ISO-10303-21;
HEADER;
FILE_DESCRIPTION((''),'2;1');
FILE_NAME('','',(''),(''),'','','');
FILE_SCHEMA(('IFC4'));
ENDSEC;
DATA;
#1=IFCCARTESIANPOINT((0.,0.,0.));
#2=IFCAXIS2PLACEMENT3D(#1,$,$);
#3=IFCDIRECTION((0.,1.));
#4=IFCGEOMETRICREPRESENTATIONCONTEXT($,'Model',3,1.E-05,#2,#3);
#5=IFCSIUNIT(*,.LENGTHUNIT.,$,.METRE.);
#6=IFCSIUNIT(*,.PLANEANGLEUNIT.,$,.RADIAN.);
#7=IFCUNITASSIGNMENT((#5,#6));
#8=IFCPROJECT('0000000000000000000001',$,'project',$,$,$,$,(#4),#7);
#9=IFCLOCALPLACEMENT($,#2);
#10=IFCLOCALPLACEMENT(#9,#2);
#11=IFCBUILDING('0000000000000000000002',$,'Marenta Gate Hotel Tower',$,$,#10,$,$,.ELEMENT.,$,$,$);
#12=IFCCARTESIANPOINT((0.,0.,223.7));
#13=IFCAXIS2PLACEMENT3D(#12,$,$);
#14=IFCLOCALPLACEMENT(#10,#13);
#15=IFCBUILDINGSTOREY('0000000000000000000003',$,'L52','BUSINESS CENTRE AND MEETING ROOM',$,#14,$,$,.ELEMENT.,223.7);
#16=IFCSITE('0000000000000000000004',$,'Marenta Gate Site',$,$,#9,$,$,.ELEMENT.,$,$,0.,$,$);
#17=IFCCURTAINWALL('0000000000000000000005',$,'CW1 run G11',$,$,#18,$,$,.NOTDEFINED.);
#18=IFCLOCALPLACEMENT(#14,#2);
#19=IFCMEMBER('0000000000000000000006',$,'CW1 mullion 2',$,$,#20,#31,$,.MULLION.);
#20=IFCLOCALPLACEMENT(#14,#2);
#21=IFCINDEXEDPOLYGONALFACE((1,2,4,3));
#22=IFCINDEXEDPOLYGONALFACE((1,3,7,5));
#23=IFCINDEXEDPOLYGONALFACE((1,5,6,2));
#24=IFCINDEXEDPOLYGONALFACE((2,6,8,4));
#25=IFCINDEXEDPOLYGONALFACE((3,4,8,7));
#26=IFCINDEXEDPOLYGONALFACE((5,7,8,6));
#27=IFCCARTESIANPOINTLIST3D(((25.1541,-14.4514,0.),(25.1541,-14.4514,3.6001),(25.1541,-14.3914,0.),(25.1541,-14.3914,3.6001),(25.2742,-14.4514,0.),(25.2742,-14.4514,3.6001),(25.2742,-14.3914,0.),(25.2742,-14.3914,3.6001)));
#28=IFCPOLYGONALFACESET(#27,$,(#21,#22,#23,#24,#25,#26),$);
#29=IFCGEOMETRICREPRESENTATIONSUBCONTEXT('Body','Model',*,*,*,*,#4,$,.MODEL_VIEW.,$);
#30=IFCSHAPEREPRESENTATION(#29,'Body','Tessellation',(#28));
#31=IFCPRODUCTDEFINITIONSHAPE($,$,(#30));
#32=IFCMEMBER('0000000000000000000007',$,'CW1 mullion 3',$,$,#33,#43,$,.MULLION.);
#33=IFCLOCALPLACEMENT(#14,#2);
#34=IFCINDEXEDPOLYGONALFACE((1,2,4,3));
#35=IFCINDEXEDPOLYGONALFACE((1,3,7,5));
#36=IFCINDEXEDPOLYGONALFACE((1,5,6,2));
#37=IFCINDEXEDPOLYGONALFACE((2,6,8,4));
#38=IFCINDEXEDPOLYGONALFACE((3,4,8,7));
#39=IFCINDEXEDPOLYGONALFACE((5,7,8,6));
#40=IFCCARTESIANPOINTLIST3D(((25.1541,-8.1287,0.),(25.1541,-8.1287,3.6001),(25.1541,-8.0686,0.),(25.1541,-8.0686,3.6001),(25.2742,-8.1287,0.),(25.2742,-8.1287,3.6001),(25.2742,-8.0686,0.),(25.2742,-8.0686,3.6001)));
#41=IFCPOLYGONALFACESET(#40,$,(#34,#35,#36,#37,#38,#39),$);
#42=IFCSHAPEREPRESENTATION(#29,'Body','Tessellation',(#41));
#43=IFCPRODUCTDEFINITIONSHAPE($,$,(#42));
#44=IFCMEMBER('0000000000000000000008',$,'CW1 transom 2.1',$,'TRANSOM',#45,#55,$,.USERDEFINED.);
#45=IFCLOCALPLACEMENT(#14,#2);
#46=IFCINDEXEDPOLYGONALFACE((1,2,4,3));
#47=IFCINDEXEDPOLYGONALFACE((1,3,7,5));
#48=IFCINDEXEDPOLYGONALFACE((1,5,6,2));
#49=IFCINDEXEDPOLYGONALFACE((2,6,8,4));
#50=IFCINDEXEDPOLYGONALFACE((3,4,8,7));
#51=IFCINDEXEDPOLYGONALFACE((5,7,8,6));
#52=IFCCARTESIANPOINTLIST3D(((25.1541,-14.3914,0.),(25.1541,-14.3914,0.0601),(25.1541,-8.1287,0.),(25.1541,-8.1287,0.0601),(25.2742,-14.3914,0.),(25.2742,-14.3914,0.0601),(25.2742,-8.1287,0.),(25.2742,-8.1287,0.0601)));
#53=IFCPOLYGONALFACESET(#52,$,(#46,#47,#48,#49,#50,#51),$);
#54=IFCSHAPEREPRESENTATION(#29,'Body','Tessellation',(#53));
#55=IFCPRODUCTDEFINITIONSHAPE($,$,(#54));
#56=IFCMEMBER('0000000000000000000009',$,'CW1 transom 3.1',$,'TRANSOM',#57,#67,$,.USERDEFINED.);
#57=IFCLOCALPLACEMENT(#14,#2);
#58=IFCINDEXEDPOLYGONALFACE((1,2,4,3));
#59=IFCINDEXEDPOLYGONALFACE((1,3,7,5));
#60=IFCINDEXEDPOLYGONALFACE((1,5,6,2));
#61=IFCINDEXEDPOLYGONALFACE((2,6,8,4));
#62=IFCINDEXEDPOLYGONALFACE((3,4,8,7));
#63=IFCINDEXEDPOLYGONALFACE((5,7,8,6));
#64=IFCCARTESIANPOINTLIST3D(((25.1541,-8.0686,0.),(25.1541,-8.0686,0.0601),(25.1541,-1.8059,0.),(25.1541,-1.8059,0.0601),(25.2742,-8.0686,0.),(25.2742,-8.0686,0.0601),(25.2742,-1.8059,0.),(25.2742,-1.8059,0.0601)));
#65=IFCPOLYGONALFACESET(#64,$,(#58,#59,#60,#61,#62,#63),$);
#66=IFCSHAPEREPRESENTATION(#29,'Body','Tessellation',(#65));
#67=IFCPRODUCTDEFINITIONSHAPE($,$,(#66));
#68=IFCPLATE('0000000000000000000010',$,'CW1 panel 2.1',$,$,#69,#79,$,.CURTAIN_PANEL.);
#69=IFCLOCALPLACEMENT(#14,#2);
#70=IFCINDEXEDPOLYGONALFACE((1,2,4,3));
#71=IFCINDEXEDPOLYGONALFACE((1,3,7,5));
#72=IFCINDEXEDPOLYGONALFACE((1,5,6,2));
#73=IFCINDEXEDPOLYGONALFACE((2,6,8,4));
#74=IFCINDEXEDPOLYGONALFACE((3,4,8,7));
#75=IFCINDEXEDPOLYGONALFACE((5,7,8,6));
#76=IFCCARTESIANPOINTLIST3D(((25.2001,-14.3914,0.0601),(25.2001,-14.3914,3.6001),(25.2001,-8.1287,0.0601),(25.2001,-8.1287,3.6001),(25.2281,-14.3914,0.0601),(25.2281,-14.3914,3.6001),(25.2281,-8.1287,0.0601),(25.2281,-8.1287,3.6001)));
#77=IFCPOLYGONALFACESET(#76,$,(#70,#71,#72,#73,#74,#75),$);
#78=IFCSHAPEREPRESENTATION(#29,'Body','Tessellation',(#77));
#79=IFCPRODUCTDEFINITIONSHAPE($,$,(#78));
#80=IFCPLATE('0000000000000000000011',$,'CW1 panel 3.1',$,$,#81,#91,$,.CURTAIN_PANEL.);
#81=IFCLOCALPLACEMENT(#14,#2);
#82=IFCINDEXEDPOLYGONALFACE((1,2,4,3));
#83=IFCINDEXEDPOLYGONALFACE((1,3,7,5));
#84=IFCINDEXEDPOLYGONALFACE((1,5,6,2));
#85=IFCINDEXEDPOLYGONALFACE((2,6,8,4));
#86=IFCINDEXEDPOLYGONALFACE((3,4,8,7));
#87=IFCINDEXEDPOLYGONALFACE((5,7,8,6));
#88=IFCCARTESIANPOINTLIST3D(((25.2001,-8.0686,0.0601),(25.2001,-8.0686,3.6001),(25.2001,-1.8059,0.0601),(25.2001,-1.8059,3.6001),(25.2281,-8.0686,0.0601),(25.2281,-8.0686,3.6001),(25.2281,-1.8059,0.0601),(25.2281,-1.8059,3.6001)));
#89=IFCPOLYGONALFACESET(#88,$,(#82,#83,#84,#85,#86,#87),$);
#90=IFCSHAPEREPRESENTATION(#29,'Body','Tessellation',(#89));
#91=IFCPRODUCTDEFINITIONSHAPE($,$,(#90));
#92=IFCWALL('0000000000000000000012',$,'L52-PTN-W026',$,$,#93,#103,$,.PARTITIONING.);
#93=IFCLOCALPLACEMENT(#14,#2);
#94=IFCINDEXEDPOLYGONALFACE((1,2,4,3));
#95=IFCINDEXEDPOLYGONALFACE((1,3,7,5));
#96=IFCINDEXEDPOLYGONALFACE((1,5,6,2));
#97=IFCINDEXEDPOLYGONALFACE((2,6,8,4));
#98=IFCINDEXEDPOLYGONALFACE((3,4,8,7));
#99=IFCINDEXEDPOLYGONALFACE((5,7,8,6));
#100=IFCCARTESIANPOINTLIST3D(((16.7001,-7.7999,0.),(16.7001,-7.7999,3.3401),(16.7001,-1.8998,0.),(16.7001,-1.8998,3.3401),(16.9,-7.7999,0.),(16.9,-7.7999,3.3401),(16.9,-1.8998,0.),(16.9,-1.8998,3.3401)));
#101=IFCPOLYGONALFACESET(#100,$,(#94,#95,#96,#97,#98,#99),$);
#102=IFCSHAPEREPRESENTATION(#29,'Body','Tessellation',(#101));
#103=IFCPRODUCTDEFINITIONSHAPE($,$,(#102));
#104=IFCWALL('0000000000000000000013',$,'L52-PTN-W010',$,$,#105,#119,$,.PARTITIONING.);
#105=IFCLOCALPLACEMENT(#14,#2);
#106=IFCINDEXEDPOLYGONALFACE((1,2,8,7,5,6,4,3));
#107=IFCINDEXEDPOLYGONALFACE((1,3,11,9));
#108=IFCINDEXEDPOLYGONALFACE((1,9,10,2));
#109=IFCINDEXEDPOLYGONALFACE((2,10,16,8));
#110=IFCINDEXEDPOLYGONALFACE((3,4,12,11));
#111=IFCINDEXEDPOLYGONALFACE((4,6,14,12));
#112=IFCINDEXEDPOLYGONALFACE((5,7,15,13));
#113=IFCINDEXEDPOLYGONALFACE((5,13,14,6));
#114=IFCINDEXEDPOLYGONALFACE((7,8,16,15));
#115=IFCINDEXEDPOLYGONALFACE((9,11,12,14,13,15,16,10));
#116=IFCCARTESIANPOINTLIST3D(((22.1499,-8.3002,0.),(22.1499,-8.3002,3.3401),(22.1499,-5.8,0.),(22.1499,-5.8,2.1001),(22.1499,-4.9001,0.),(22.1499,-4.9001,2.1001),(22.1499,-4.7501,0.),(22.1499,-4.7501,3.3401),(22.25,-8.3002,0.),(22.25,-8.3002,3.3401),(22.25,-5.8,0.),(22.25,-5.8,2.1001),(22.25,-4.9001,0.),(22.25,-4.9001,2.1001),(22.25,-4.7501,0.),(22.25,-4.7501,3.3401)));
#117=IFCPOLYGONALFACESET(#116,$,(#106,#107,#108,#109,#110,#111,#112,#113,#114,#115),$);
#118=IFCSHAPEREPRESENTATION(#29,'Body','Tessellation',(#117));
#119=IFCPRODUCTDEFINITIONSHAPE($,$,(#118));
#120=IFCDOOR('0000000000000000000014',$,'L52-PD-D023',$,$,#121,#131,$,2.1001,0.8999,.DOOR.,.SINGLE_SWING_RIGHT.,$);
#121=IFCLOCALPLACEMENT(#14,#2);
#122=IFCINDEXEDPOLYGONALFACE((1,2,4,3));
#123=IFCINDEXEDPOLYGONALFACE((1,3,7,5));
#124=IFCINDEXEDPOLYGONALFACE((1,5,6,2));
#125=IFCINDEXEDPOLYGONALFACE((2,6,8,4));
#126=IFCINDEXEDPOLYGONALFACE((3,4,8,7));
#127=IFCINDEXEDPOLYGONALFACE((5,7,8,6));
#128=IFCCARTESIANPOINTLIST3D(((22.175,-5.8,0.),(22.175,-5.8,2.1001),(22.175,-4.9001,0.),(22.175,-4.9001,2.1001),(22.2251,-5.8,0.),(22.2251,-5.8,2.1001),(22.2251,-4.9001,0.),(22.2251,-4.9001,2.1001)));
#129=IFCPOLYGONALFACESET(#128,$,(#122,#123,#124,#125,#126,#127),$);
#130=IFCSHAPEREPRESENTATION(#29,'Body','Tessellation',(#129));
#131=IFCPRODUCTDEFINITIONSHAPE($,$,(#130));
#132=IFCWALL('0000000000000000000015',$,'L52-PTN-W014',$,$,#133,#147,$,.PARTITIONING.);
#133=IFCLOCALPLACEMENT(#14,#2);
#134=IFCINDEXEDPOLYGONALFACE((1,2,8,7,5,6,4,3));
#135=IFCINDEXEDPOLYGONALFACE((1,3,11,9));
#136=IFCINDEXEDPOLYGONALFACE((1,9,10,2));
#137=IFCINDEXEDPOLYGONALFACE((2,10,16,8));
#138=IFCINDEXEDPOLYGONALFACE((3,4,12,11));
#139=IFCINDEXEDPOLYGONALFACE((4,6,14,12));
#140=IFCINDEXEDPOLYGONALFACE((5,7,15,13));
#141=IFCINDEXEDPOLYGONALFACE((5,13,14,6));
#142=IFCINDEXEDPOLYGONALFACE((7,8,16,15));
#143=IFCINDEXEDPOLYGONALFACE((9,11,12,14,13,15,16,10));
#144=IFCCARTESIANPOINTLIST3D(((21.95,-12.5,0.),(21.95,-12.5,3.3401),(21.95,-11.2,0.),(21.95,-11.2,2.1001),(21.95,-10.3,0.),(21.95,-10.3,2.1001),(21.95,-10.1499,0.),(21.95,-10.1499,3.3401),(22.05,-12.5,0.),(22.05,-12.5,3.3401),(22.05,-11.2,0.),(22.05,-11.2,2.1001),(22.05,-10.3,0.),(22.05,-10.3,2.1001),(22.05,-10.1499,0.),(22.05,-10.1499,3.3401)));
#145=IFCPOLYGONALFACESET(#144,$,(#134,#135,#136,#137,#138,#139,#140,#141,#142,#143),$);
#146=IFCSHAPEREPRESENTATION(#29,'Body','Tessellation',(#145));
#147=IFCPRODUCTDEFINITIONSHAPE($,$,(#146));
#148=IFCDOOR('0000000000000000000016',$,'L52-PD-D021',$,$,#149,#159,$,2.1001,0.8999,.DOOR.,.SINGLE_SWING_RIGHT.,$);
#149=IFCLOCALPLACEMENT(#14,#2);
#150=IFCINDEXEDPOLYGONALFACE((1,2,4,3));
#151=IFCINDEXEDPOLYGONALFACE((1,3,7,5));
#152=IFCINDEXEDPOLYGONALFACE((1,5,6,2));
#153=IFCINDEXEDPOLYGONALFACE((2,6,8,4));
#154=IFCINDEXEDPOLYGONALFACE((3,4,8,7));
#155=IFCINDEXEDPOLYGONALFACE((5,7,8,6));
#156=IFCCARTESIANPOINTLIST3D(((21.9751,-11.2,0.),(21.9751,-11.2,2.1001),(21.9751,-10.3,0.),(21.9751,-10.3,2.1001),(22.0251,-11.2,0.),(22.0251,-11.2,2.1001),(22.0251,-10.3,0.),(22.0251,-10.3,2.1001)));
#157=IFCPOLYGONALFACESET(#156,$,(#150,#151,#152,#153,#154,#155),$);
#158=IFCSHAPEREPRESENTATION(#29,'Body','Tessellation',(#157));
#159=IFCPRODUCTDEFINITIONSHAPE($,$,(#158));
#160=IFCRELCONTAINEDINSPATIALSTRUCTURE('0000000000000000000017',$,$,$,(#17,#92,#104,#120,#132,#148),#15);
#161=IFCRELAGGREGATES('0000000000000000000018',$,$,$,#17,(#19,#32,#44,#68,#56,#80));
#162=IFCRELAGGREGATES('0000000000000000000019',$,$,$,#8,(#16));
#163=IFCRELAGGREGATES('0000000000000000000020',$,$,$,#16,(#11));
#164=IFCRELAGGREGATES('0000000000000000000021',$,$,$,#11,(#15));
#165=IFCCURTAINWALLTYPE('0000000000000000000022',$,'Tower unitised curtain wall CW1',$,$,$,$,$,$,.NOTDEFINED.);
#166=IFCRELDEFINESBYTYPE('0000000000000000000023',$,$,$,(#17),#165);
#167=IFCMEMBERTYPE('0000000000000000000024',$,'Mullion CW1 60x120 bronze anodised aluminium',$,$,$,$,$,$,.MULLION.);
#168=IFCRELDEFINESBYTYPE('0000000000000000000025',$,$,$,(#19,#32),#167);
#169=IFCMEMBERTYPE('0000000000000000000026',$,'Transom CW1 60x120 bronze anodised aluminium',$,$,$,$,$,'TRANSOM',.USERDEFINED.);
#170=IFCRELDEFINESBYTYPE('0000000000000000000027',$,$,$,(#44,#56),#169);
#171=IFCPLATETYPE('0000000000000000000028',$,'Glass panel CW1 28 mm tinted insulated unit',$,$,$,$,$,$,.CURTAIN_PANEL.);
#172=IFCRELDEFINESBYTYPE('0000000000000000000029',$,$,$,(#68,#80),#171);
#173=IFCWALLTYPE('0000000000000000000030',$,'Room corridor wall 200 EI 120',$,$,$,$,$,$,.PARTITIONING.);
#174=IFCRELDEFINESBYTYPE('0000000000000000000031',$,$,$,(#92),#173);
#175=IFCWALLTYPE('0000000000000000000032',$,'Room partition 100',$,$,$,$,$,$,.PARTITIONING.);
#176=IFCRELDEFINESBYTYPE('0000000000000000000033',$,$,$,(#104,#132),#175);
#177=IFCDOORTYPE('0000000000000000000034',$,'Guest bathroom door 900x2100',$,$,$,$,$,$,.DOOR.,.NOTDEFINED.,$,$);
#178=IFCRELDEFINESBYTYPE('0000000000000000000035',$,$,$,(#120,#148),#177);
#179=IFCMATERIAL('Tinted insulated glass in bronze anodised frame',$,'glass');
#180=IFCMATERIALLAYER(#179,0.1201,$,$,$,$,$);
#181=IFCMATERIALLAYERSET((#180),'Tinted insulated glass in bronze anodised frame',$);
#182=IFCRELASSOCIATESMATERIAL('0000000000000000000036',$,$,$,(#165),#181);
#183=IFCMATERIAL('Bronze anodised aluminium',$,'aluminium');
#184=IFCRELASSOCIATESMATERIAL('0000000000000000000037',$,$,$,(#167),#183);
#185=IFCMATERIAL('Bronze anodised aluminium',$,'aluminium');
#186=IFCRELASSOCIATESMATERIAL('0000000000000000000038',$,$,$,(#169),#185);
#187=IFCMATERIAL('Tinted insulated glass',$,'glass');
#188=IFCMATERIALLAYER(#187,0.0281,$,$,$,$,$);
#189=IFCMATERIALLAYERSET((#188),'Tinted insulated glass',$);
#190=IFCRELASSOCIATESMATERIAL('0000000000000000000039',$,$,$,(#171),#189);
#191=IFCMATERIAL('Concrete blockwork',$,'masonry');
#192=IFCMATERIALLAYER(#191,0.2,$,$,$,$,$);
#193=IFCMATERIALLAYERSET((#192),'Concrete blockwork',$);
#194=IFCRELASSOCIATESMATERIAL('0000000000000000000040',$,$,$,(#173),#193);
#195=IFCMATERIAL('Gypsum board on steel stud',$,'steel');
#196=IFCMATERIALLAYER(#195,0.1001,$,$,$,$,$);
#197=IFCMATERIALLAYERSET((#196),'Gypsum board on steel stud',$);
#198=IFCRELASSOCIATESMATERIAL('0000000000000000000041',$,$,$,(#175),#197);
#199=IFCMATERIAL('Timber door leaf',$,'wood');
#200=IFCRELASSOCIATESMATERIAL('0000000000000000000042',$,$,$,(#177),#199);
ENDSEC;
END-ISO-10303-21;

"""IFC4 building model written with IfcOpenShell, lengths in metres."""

from ifc_helpers import new_model, si_unit, direction, frame, frame_2d, origin, origin_2d, place, context, subcontext, project, spatial, rectangle, extrude, material, layer, layer_set, material_profile, profile_set, type_object, element, fill, aggregate, save


model = new_model("IFC4")

# Units and contexts
model_context = context("Model", 3, precision=1e-05, world=origin(), true_north=direction((0.0, 1.0)))
body_context = subcontext(model_context, "Body", "Model", "MODEL_VIEW")
ifc_project = project(units=[si_unit("LENGTHUNIT", "METRE"), si_unit("PLANEANGLEUNIT", "RADIAN")], contexts=[model_context])

# Site, building, storey
site_placement = place(None, origin())
site = spatial("IfcSite", under=ifc_project, at=site_placement, Name="Marenta Gate Site", CompositionType="ELEMENT", RefElevation=0.0)
building_placement = place(site_placement, origin())
building = spatial("IfcBuilding", under=site, at=building_placement, Name="Marenta Gate Hotel Tower", CompositionType="ELEMENT")
storey_placement = place(building_placement, frame((0.0, 0.0, 223.7)))
storey = spatial("IfcBuildingStorey", under=building, at=storey_placement, Name="L52", Description="BUSINESS CENTRE AND MEETING ROOM", CompositionType="ELEMENT", Elevation=223.7)

# Curtain wall, members, plates
ifc_material_1 = material(Name="Tinted insulated glass in bronze anodised frame", Category="glass")
ifc_layer_1 = layer(ifc_material_1, 0.1201)
ifc_layer_set_1 = layer_set([ifc_layer_1], Name="Tinted insulated glass in bronze anodised frame")
curtain_wall_type = type_object("IfcCurtainWallType", Name="Tower unitised curtain wall CW1", PredefinedType="NOTDEFINED", material=ifc_layer_set_1)
curtain_wall_placement = place(storey_placement, origin())
curtain_wall = element("IfcCurtainWall", 1, at=curtain_wall_placement, inside=storey, type_object=curtain_wall_type, Name="CW1 run G11", PredefinedType="NOTDEFINED")
ifc_material_2 = material(Name="Bronze anodised aluminium", Category="aluminium")
ifc_material_profile_1 = material_profile(ifc_material_2, rectangle(XDim=0.1201, YDim=0.0601, at=origin_2d()), Name="Mullion CW1 60x120 bronze anodised aluminium")
ifc_profile_set_1 = profile_set([ifc_material_profile_1], Name="Bronze anodised aluminium")
member_type_1 = type_object("IfcMemberType", Name="Mullion CW1 60x120 bronze anodised aluminium", PredefinedType="MULLION", material=ifc_profile_set_1)
member_1_placement = place(storey_placement, frame((25.2141, -14.4214, 0.0), z_axis=(0.0, 0.0, 1.0), x_axis=(-1.0, 0.0, 0.0)))
member_1 = element("IfcMember", 2, at=member_1_placement, type_object=member_type_1, Name="CW1 mullion 2", PredefinedType="MULLION", context=body_context, shape_type="SweptSolid", body=[
    extrude(rectangle(XDim=0.1201, YDim=0.0601, at=origin_2d()), origin(), (0.0, 0.0, 1.0), 3.6001),
])
member_2_placement = place(storey_placement, frame((25.2141, -8.0986, 0.0), z_axis=(0.0, 0.0, 1.0), x_axis=(-1.0, 0.0, 0.0)))
member_2 = element("IfcMember", 3, at=member_2_placement, type_object=member_type_1, Name="CW1 mullion 3", PredefinedType="MULLION", context=body_context, shape_type="SweptSolid", body=[
    extrude(rectangle(XDim=0.1201, YDim=0.0601, at=origin_2d()), origin(), (0.0, 0.0, 1.0), 3.6001),
])
ifc_material_3 = material(Name="Bronze anodised aluminium", Category="aluminium")
ifc_material_profile_2 = material_profile(ifc_material_3, rectangle(XDim=0.1201, YDim=0.0601, at=origin_2d()), Name="Transom CW1 60x120 bronze anodised aluminium")
ifc_profile_set_2 = profile_set([ifc_material_profile_2], Name="Bronze anodised aluminium")
member_type_2 = type_object("IfcMemberType", Name="Transom CW1 60x120 bronze anodised aluminium", ElementType="TRANSOM", PredefinedType="USERDEFINED", material=ifc_profile_set_2)
member_3_placement = place(storey_placement, frame((25.2141, -14.3914, 0.03), z_axis=(0.0, 1.0, 0.0), x_axis=(-1.0, 0.0, 0.0)))
member_3 = element("IfcMember", 4, at=member_3_placement, type_object=member_type_2, Name="CW1 transom 2.1", ObjectType="TRANSOM", PredefinedType="USERDEFINED", context=body_context, shape_type="SweptSolid", body=[
    extrude(rectangle(XDim=0.1201, YDim=0.0601, at=origin_2d()), origin(), (0.0, 0.0, 1.0), 6.2627),
])
member_4_placement = place(storey_placement, frame((25.2141, -8.0686, 0.03), z_axis=(0.0, 1.0, 0.0), x_axis=(-1.0, 0.0, 0.0)))
member_4 = element("IfcMember", 5, at=member_4_placement, type_object=member_type_2, Name="CW1 transom 3.1", ObjectType="TRANSOM", PredefinedType="USERDEFINED", context=body_context, shape_type="SweptSolid", body=[
    extrude(rectangle(XDim=0.1201, YDim=0.0601, at=origin_2d()), origin(), (0.0, 0.0, 1.0), 6.2627),
])
ifc_material_4 = material(Name="Tinted insulated glass", Category="glass")
ifc_layer_2 = layer(ifc_material_4, 0.0281)
ifc_layer_set_2 = layer_set([ifc_layer_2], Name="Tinted insulated glass")
plate_type = type_object("IfcPlateType", Name="Glass panel CW1 28 mm tinted insulated unit", PredefinedType="CURTAIN_PANEL", material=ifc_layer_set_2)
plate_1_placement = place(storey_placement, frame((25.2141, -11.26, 0.0601), z_axis=(0.0, 0.0, 1.0), x_axis=(0.0, 1.0, 0.0)))
plate_1 = element("IfcPlate", 6, at=plate_1_placement, type_object=plate_type, Name="CW1 panel 2.1", PredefinedType="CURTAIN_PANEL", context=body_context, shape_type="SweptSolid", body=[
    extrude(rectangle(XDim=6.2627, YDim=0.0281, at=origin_2d()), origin(), (0.0, 0.0, 1.0), 3.54),
])
plate_2_placement = place(storey_placement, frame((25.2141, -4.9373, 0.0601), z_axis=(0.0, 0.0, 1.0), x_axis=(0.0, 1.0, 0.0)))
plate_2 = element("IfcPlate", 7, at=plate_2_placement, type_object=plate_type, Name="CW1 panel 3.1", PredefinedType="CURTAIN_PANEL", context=body_context, shape_type="SweptSolid", body=[
    extrude(rectangle(XDim=6.2627, YDim=0.0281, at=origin_2d()), origin(), (0.0, 0.0, 1.0), 3.54),
])
aggregate(curtain_wall, [member_1, member_2, member_3, plate_1, member_4, plate_2])

# Wall
ifc_material_5 = material(Name="Concrete blockwork", Category="masonry")
ifc_layer_3 = layer(ifc_material_5, 0.2)
ifc_layer_set_3 = layer_set([ifc_layer_3], Name="Concrete blockwork")
wall_type_1 = type_object("IfcWallType", Name="Room corridor wall 200 EI 120", PredefinedType="PARTITIONING", material=ifc_layer_set_3)
wall_1_placement = place(storey_placement, frame((16.8, -7.8, 0.0), z_axis=(0.0, 0.0, 1.0), x_axis=(0.0, 1.0, 0.0)))
element("IfcWall", 8, at=wall_1_placement, inside=storey, type_object=wall_type_1, Name="L52-PTN-W026", PredefinedType="PARTITIONING", context=body_context, shape_type="SweptSolid", body=[
    extrude(rectangle(XDim=5.9001, YDim=0.2, at=frame_2d((2.9502, 0.0))), origin(), (0.0, 0.0, 1.0), 3.3401),
])

# Walls, openings, doors
ifc_material_6 = material(Name="Gypsum board on steel stud", Category="steel")
ifc_layer_4 = layer(ifc_material_6, 0.1001)
ifc_layer_set_4 = layer_set([ifc_layer_4], Name="Gypsum board on steel stud")
wall_type_2 = type_object("IfcWallType", Name="Room partition 100", PredefinedType="PARTITIONING", material=ifc_layer_set_4)
wall_2_placement = place(storey_placement, frame((22.2, -8.3, 0.0), z_axis=(0.0, 0.0, 1.0), x_axis=(0.0, 1.0, 0.0)))
wall_2 = element("IfcWall", 9, at=wall_2_placement, inside=storey, type_object=wall_type_2, Name="L52-PTN-W010", PredefinedType="PARTITIONING", context=body_context, shape_type="SweptSolid", body=[
    extrude(rectangle(XDim=3.55, YDim=0.1001, at=frame_2d((1.7749, 0.0))), origin(), (0.0, 0.0, 1.0), 3.3401),
])
opening_1_placement = place(wall_2_placement, frame((2.5, 0.0, 0.0)))
opening_1 = element("IfcOpeningElement", 10, at=opening_1_placement, cuts=wall_2, PredefinedType="OPENING", context=body_context, shape_type="SweptSolid", body=[
    extrude(rectangle(XDim=0.8999, YDim=2.1001, at=frame_2d((0.45, 1.05))), frame((0.0, 0.05, 0.0), z_axis=(0.0, -1.0, 0.0), x_axis=(1.0, 0.0, 0.0)), (0.0, 0.0, 1.0), 0.1001),
])
ifc_material_7 = material(Name="Timber door leaf", Category="wood")
door_type = type_object("IfcDoorType", Name="Guest bathroom door 900x2100", OperationType="NOTDEFINED", PredefinedType="DOOR", material=ifc_material_7)
door_1_placement = place(opening_1_placement, origin())
door_1 = element("IfcDoor", 11, at=door_1_placement, inside=storey, type_object=door_type, Name="L52-PD-D023", OperationType="SINGLE_SWING_RIGHT", OverallHeight=2.1001, OverallWidth=0.8999, PredefinedType="DOOR", context=body_context, shape_type="SweptSolid", body=[
    extrude(rectangle(XDim=0.8999, YDim=2.1001, at=frame_2d((0.45, 1.05))), frame((0.0, 0.0249, 0.0), z_axis=(0.0, -1.0, 0.0), x_axis=(1.0, 0.0, 0.0)), (0.0, 0.0, 1.0), 0.05),
])
fill(opening_1, door_1)
wall_3_placement = place(storey_placement, frame((22.0, -12.5, 0.0), z_axis=(0.0, 0.0, 1.0), x_axis=(0.0, 1.0, 0.0)))
wall_3 = element("IfcWall", 12, at=wall_3_placement, inside=storey, type_object=wall_type_2, Name="L52-PTN-W014", PredefinedType="PARTITIONING", context=body_context, shape_type="SweptSolid", body=[
    extrude(rectangle(XDim=2.3501, YDim=0.1001, at=frame_2d((1.175, 0.0))), origin(), (0.0, 0.0, 1.0), 3.3401),
])
opening_2_placement = place(wall_3_placement, frame((1.3, 0.0, 0.0)))
opening_2 = element("IfcOpeningElement", 13, at=opening_2_placement, cuts=wall_3, PredefinedType="OPENING", context=body_context, shape_type="SweptSolid", body=[
    extrude(rectangle(XDim=0.8999, YDim=2.1001, at=frame_2d((0.45, 1.05))), frame((0.0, 0.05, 0.0), z_axis=(0.0, -1.0, 0.0), x_axis=(1.0, 0.0, 0.0)), (0.0, 0.0, 1.0), 0.1001),
])
door_2_placement = place(opening_2_placement, origin())
door_2 = element("IfcDoor", 14, at=door_2_placement, inside=storey, type_object=door_type, Name="L52-PD-D021", OperationType="SINGLE_SWING_RIGHT", OverallHeight=2.1001, OverallWidth=0.8999, PredefinedType="DOOR", context=body_context, shape_type="SweptSolid", body=[
    extrude(rectangle(XDim=0.8999, YDim=2.1001, at=frame_2d((0.45, 1.05))), frame((0.0, 0.0249, 0.0), z_axis=(0.0, -1.0, 0.0), x_axis=(1.0, 0.0, 0.0)), (0.0, 0.0, 1.0), 0.05),
])
fill(opening_2, door_2)

save(model, "model.ifc")
